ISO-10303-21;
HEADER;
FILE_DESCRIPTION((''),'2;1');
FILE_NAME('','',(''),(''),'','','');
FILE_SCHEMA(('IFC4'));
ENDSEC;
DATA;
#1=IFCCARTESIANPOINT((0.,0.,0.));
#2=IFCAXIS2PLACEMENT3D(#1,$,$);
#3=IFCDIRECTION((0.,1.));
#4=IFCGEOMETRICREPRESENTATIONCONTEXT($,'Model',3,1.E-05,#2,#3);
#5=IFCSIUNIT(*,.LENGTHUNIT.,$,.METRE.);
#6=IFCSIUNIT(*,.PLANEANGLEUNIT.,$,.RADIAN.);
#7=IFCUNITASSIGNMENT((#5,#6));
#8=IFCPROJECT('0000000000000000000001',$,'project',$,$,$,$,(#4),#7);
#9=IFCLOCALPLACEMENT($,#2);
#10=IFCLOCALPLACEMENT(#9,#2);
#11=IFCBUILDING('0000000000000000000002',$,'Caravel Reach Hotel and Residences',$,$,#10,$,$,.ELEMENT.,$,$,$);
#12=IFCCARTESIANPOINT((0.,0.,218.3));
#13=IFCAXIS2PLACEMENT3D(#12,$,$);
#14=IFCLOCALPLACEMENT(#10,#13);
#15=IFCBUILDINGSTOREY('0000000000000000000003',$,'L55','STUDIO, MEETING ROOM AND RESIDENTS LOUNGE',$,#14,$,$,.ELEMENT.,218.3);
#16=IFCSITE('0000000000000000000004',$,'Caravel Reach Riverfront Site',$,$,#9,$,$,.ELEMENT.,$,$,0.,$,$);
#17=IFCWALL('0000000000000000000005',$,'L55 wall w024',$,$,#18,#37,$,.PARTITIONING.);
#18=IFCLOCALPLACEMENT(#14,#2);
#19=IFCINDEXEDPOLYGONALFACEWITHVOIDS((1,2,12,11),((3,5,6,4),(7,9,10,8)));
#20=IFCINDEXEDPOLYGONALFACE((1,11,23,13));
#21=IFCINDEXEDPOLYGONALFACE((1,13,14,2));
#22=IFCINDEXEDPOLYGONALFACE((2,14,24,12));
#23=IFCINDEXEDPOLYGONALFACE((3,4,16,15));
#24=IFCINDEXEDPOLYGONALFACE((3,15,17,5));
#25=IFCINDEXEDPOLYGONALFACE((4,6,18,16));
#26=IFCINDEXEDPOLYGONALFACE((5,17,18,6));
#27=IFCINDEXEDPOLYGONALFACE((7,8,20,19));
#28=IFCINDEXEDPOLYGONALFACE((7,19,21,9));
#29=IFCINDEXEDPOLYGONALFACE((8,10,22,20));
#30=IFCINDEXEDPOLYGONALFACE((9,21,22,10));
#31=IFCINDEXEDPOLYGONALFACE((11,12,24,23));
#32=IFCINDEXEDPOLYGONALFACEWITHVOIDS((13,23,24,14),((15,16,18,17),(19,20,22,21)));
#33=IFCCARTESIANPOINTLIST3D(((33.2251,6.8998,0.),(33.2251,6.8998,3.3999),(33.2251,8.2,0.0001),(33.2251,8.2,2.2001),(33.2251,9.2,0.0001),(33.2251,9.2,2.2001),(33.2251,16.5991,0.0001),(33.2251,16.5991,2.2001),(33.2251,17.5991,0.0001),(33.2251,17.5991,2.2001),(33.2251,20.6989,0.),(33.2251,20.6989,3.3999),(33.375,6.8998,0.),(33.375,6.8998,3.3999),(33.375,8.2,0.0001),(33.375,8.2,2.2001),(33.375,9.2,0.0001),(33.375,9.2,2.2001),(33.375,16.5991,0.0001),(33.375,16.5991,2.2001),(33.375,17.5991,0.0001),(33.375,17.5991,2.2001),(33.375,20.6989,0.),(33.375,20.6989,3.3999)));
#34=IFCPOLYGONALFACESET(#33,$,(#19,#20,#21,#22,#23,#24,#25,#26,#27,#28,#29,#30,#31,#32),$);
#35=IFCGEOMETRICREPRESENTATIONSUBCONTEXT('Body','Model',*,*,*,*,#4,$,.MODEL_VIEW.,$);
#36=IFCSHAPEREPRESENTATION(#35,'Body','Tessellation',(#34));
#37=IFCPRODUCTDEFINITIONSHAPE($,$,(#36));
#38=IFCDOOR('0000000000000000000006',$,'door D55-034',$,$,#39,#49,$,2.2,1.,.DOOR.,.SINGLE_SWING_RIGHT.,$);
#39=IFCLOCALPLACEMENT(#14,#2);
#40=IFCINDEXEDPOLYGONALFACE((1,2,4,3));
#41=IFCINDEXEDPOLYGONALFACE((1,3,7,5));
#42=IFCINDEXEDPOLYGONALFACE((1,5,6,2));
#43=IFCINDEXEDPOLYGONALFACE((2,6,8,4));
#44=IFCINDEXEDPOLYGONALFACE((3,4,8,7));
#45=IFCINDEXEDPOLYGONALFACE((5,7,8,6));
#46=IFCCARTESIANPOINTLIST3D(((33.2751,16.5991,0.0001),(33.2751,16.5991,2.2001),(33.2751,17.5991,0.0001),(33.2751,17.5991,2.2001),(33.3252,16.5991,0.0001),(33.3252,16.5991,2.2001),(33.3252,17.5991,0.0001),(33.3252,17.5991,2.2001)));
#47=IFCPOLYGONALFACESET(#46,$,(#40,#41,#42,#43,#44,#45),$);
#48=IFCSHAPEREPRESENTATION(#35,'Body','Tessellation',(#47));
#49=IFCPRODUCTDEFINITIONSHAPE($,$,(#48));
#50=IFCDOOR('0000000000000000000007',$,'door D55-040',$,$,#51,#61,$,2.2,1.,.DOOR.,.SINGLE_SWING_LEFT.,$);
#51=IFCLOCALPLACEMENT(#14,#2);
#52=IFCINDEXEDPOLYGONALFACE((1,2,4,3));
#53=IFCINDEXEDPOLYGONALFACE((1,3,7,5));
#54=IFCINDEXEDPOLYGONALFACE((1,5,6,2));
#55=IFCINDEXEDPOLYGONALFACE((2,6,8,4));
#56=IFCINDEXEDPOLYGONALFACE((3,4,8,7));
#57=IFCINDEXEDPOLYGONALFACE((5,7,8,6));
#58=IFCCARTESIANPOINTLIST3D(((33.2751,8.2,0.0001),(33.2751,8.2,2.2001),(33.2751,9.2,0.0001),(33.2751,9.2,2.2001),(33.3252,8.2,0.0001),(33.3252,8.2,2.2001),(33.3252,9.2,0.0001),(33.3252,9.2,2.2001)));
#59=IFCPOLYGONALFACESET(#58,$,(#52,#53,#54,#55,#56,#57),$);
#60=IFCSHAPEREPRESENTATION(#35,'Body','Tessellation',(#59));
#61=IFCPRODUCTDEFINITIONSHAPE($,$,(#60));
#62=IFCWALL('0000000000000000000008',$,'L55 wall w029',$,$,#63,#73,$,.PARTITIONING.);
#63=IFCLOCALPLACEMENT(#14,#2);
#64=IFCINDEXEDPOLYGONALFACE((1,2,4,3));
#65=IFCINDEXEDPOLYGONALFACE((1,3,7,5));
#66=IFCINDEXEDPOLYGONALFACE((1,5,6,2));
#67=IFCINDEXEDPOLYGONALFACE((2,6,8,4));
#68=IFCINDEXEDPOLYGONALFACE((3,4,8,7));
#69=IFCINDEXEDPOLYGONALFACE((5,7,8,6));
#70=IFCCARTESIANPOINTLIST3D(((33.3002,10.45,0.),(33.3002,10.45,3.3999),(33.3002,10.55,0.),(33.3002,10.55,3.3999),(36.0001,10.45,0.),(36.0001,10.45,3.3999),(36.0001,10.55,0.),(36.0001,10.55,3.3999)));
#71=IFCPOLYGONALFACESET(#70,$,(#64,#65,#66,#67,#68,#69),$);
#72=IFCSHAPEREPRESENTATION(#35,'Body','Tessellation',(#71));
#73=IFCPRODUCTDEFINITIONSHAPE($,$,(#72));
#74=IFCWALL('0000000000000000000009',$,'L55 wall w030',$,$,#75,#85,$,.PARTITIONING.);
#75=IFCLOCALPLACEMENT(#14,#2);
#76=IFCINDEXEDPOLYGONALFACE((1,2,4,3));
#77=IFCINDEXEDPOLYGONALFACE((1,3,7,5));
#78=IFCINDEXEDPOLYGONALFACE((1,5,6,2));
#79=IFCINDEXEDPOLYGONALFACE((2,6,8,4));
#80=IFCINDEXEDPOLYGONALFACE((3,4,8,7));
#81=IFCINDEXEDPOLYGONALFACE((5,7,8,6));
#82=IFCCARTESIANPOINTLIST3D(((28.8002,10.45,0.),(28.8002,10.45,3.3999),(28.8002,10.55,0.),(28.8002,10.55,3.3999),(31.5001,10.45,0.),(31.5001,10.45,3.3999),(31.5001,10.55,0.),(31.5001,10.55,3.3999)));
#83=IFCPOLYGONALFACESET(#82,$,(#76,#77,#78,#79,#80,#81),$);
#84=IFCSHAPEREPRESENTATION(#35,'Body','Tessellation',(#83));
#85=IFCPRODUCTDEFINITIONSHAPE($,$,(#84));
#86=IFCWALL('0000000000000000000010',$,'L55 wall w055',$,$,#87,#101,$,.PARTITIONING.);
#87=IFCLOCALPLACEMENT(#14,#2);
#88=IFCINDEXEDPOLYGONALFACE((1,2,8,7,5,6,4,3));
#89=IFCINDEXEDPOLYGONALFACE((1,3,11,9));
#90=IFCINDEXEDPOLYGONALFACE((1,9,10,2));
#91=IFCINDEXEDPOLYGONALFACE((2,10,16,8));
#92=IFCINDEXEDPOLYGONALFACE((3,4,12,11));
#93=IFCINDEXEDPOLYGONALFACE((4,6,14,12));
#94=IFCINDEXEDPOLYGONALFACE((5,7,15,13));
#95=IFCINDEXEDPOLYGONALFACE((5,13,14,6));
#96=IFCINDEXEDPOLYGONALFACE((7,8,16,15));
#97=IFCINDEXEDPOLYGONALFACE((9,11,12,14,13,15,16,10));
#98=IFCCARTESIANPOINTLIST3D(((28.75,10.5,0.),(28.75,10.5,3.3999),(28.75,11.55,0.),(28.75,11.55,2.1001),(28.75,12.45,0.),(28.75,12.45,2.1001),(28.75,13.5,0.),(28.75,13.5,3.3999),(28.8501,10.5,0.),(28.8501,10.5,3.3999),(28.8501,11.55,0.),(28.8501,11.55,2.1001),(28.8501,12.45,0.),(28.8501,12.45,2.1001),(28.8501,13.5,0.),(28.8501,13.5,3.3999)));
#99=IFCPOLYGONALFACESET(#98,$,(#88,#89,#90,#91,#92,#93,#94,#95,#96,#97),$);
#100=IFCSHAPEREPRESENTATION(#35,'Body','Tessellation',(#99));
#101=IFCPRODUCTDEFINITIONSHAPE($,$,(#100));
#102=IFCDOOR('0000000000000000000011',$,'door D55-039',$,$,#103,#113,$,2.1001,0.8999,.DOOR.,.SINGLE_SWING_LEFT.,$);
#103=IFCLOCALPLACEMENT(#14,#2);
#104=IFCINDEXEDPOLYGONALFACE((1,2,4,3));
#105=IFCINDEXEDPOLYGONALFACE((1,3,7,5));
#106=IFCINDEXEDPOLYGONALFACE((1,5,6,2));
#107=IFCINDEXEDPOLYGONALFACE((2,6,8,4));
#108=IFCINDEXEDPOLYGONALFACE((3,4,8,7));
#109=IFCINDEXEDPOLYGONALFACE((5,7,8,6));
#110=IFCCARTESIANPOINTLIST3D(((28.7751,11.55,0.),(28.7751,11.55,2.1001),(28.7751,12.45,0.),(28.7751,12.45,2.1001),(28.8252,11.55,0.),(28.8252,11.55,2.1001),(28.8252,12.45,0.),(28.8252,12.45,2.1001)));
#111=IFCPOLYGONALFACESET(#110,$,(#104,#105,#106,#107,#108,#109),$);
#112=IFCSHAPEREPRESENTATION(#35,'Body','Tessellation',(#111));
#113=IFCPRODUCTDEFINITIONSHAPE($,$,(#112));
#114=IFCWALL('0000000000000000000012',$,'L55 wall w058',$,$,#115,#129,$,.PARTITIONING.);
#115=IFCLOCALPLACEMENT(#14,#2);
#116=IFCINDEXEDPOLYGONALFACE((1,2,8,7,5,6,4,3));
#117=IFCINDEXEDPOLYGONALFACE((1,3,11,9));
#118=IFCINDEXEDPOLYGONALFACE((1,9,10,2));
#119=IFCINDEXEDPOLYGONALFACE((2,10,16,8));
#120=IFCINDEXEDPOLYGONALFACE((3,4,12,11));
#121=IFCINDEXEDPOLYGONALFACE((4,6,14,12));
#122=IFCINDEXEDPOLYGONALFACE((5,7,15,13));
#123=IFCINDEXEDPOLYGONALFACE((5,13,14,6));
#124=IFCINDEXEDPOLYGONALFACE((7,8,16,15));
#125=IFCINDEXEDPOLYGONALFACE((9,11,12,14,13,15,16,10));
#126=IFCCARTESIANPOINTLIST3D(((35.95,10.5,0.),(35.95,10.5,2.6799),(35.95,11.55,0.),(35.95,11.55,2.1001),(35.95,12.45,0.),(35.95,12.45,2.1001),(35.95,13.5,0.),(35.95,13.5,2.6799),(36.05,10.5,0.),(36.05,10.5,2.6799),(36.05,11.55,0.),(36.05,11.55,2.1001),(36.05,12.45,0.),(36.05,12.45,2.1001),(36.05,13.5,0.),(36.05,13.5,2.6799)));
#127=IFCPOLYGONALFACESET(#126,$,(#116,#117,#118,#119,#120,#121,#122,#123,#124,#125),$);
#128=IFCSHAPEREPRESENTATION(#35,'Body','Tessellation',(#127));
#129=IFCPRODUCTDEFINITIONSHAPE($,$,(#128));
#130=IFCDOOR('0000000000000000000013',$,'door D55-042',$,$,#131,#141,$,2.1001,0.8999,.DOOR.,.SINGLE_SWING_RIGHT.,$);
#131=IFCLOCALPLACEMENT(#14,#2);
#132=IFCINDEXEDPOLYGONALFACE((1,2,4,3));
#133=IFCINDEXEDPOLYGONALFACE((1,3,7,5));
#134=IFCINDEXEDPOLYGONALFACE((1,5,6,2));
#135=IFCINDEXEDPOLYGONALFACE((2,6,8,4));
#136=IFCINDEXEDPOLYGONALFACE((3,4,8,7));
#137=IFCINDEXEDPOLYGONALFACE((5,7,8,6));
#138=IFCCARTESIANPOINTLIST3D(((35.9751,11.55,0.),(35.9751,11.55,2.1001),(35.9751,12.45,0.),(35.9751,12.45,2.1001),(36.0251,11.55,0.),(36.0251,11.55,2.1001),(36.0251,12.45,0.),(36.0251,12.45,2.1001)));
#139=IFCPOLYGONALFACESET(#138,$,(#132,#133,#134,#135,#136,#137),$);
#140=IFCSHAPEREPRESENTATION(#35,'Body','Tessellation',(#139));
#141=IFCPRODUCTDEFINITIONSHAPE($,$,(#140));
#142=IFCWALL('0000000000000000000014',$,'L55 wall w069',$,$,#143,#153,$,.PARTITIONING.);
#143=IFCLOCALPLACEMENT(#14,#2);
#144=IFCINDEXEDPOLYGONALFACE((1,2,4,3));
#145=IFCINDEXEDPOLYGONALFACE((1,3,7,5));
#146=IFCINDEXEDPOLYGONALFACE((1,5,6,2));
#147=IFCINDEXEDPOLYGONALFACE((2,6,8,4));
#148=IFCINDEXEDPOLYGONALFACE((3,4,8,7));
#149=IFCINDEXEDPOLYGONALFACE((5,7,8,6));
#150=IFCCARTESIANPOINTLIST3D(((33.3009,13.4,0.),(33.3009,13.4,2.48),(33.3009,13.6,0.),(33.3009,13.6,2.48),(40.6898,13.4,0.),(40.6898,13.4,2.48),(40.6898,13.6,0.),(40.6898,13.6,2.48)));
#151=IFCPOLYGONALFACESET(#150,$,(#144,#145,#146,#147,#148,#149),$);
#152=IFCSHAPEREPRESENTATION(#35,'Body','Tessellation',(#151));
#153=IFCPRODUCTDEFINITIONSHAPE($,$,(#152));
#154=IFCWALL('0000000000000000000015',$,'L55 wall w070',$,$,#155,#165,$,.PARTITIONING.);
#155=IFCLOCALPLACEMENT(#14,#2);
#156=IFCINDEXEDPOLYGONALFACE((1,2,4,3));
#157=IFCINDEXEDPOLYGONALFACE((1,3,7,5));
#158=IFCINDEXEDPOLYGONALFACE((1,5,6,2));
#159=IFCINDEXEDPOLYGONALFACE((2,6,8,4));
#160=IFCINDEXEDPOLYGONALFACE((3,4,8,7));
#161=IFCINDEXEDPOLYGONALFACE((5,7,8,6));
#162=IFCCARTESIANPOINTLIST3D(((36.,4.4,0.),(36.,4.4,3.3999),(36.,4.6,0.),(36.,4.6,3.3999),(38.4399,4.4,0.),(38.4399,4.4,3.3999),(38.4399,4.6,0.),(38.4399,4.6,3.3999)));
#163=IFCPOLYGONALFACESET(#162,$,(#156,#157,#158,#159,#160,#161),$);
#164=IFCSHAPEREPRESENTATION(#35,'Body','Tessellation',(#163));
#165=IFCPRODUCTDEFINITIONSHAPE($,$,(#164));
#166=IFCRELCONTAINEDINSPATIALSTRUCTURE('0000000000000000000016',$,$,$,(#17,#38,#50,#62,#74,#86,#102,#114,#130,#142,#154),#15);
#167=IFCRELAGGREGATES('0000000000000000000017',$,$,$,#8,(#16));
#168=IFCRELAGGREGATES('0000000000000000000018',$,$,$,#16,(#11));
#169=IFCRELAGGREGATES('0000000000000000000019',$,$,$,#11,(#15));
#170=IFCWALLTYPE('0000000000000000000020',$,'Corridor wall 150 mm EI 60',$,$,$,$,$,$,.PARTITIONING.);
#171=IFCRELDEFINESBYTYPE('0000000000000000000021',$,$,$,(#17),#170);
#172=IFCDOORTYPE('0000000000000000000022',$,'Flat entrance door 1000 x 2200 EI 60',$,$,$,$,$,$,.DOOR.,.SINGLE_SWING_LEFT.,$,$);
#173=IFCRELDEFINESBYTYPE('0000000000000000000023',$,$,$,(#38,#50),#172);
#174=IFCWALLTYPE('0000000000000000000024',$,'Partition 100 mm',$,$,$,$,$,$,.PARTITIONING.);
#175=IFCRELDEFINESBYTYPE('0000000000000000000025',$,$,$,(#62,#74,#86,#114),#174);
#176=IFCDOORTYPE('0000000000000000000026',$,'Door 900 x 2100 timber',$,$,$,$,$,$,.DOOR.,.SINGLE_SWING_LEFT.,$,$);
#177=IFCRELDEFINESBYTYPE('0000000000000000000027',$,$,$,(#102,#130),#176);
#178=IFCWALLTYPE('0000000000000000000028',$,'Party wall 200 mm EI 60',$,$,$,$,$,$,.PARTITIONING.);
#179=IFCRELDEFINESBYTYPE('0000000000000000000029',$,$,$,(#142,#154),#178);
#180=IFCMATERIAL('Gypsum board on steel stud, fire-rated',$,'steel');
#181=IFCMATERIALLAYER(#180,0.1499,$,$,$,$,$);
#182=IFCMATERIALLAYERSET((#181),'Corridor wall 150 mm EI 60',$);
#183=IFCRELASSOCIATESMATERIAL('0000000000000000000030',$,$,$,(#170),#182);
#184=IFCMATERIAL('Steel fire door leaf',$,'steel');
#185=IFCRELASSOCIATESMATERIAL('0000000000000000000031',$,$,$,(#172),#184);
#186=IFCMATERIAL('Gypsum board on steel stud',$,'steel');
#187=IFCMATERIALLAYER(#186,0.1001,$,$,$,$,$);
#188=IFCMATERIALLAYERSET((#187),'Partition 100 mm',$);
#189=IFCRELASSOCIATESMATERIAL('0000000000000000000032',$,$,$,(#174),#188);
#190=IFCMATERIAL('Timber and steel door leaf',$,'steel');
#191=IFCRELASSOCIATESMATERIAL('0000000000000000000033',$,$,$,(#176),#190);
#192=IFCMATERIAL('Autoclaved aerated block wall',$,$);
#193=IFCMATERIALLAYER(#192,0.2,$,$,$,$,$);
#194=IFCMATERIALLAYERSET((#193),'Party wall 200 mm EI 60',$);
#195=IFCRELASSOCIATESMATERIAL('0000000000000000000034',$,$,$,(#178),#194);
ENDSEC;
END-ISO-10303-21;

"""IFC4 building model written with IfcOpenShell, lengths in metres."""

from ifc_helpers import new_model, si_unit, direction, frame, frame_2d, origin, place, context, subcontext, project, spatial, rectangle, extrude, material, layer, layer_set, type_object, element, fill, save


model = new_model("IFC4")

# Units and contexts
model_context = context("Model", 3, precision=1e-05, world=origin(), true_north=direction((0.0, 1.0)))
body_context = subcontext(model_context, "Body", "Model", "MODEL_VIEW")
ifc_project = project(units=[si_unit("LENGTHUNIT", "METRE"), si_unit("PLANEANGLEUNIT", "RADIAN")], contexts=[model_context])

# Site, building, storey
site_placement = place(None, origin())
site = spatial("IfcSite", under=ifc_project, at=site_placement, Name="Caravel Reach Riverfront Site", CompositionType="ELEMENT", RefElevation=0.0)
building_placement = place(site_placement, origin())
building = spatial("IfcBuilding", under=site, at=building_placement, Name="Caravel Reach Hotel and Residences", CompositionType="ELEMENT")
storey_placement = place(building_placement, frame((0.0, 0.0, 218.3)))
storey = spatial("IfcBuildingStorey", under=building, at=storey_placement, Name="L55", Description="STUDIO, MEETING ROOM AND RESIDENTS LOUNGE", CompositionType="ELEMENT", Elevation=218.3)

# Shared definitions
ifc_material_1 = material(Name="Gypsum board on steel stud, fire-rated", Category="steel")
ifc_layer_1 = layer(ifc_material_1, 0.1499)
ifc_layer_set_1 = layer_set([ifc_layer_1], Name="Corridor wall 150 mm EI 60")
wall_type_1 = type_object("IfcWallType", Name="Corridor wall 150 mm EI 60", PredefinedType="PARTITIONING", material=ifc_layer_set_1)
ifc_material_2 = material(Name="Steel fire door leaf", Category="steel")
door_type_1 = type_object("IfcDoorType", Name="Flat entrance door 1000 x 2200 EI 60", OperationType="SINGLE_SWING_LEFT", PredefinedType="DOOR", material=ifc_material_2)

# Wall, openings, doors
wall_1_placement = place(storey_placement, frame((33.3, 6.8999, 0.0), z_axis=(0.0, 0.0, 1.0), x_axis=(0.0, 1.0, 0.0)))
wall_1 = element("IfcWall", 1, at=wall_1_placement, inside=storey, type_object=wall_type_1, Name="L55 wall w024", PredefinedType="PARTITIONING", context=body_context, shape_type="SweptSolid", body=[
    extrude(rectangle(XDim=13.7991, YDim=0.1499, at=frame_2d((6.8994, 0.0))), origin(), (0.0, 0.0, 1.0), 3.3999),
])
opening_1_placement = place(wall_1_placement, frame((9.6992, 0.0, 0.0)))
opening_1 = element("IfcOpeningElement", 2, at=opening_1_placement, cuts=wall_1, PredefinedType="OPENING", context=body_context, shape_type="SweptSolid", body=[
    extrude(rectangle(XDim=1.0, YDim=2.2, at=frame_2d((0.5, 1.1001))), frame((0.0, 0.085, 0.0), z_axis=(0.0, -1.0, 0.0), x_axis=(1.0, 0.0, 0.0)), (0.0, 0.0, 1.0), 0.1699),
])
opening_2_placement = place(wall_1_placement, frame((1.3, 0.0, 0.0)))
opening_2 = element("IfcOpeningElement", 3, at=opening_2_placement, cuts=wall_1, PredefinedType="OPENING", context=body_context, shape_type="SweptSolid", body=[
    extrude(rectangle(XDim=1.0, YDim=2.2, at=frame_2d((0.5, 1.1001))), frame((0.0, 0.085, 0.0), z_axis=(0.0, -1.0, 0.0), x_axis=(1.0, 0.0, 0.0)), (0.0, 0.0, 1.0), 0.1699),
])
door_1_placement = place(opening_1_placement, origin())
door_1 = element("IfcDoor", 4, at=door_1_placement, inside=storey, type_object=door_type_1, Name="door D55-034", OperationType="SINGLE_SWING_RIGHT", OverallHeight=2.2, OverallWidth=1.0, PredefinedType="DOOR", context=body_context, shape_type="SweptSolid", body=[
    extrude(rectangle(XDim=1.0, YDim=2.2, at=frame_2d((0.5, 1.1001))), frame((0.0, 0.0249, 0.0), z_axis=(0.0, -1.0, 0.0), x_axis=(1.0, 0.0, 0.0)), (0.0, 0.0, 1.0), 0.05),
])
fill(opening_1, door_1)
door_2_placement = place(opening_2_placement, origin())
door_2 = element("IfcDoor", 5, at=door_2_placement, inside=storey, type_object=door_type_1, Name="door D55-040", OperationType="SINGLE_SWING_LEFT", OverallHeight=2.2, OverallWidth=1.0, PredefinedType="DOOR", context=body_context, shape_type="SweptSolid", body=[
    extrude(rectangle(XDim=1.0, YDim=2.2, at=frame_2d((0.5, 1.1001))), frame((0.0, 0.0249, 0.0), z_axis=(0.0, -1.0, 0.0), x_axis=(1.0, 0.0, 0.0)), (0.0, 0.0, 1.0), 0.05),
])
fill(opening_2, door_2)

# Walls
ifc_material_3 = material(Name="Gypsum board on steel stud", Category="steel")
ifc_layer_2 = layer(ifc_material_3, 0.1001)
ifc_layer_set_2 = layer_set([ifc_layer_2], Name="Partition 100 mm")
wall_type_2 = type_object("IfcWallType", Name="Partition 100 mm", PredefinedType="PARTITIONING", material=ifc_layer_set_2)
for number, where, z_axis, x_axis, name in (
    (6, (33.3, 10.5, 0.0), (0.0, 0.0, 1.0), (1.0, 0.0, 0.0), "L55 wall w029"),
    (7, (28.8, 10.5, 0.0), (0.0, 0.0, 1.0), (1.0, 0.0, 0.0), "L55 wall w030"),
):
    element("IfcWall", number, at=place(storey_placement, frame(where, z_axis=z_axis, x_axis=x_axis)), inside=storey, type_object=wall_type_2, Name=name, PredefinedType="PARTITIONING", context=body_context, shape_type="SweptSolid", body=[
        extrude(rectangle(XDim=2.7, YDim=0.1001, at=frame_2d((1.3501, 0.0))), origin(), (0.0, 0.0, 1.0), 3.3999),
    ])

# Walls, openings, doors
wall_2_placement = place(storey_placement, frame((28.8, 10.5, 0.0), z_axis=(0.0, 0.0, 1.0), x_axis=(0.0, 1.0, 0.0)))
wall_2 = element("IfcWall", 8, at=wall_2_placement, inside=storey, type_object=wall_type_2, Name="L55 wall w055", PredefinedType="PARTITIONING", context=body_context, shape_type="SweptSolid", body=[
    extrude(rectangle(XDim=3.0, YDim=0.1001, at=frame_2d((1.5, 0.0))), origin(), (0.0, 0.0, 1.0), 3.3999),
])
opening_3_placement = place(wall_2_placement, frame((1.05, 0.0, 0.0)))
opening_3 = element("IfcOpeningElement", 9, at=opening_3_placement, cuts=wall_2, PredefinedType="OPENING", context=body_context, shape_type="SweptSolid", body=[
    extrude(rectangle(XDim=0.8999, YDim=2.1001, at=frame_2d((0.45, 1.05))), frame((0.0, 0.0601, 0.0), z_axis=(0.0, -1.0, 0.0), x_axis=(1.0, 0.0, 0.0)), (0.0, 0.0, 1.0), 0.1201),
])
ifc_material_4 = material(Name="Timber and steel door leaf", Category="steel")
door_type_2 = type_object("IfcDoorType", Name="Door 900 x 2100 timber", OperationType="SINGLE_SWING_LEFT", PredefinedType="DOOR", material=ifc_material_4)
door_3_placement = place(opening_3_placement, origin())
door_3 = element("IfcDoor", 10, at=door_3_placement, inside=storey, type_object=door_type_2, Name="door D55-039", OperationType="SINGLE_SWING_LEFT", OverallHeight=2.1001, OverallWidth=0.8999, PredefinedType="DOOR", context=body_context, shape_type="SweptSolid", body=[
    extrude(rectangle(XDim=0.8999, YDim=2.1001, at=frame_2d((0.45, 1.05))), frame((0.0, 0.0249, 0.0), z_axis=(0.0, -1.0, 0.0), x_axis=(1.0, 0.0, 0.0)), (0.0, 0.0, 1.0), 0.05),
])
fill(opening_3, door_3)
wall_3_placement = place(storey_placement, frame((36.0, 10.5, 0.0), z_axis=(0.0, 0.0, 1.0), x_axis=(0.0, 1.0, 0.0)))
wall_3 = element("IfcWall", 11, at=wall_3_placement, inside=storey, type_object=wall_type_2, Name="L55 wall w058", PredefinedType="PARTITIONING", context=body_context, shape_type="SweptSolid", body=[
    extrude(rectangle(XDim=3.0, YDim=0.1001, at=frame_2d((1.5, 0.0))), origin(), (0.0, 0.0, 1.0), 2.6799),
])
opening_4_placement = place(wall_3_placement, frame((1.05, 0.0, 0.0)))
opening_4 = element("IfcOpeningElement", 12, at=opening_4_placement, cuts=wall_3, PredefinedType="OPENING", context=body_context, shape_type="SweptSolid", body=[
    extrude(rectangle(XDim=0.8999, YDim=2.1001, at=frame_2d((0.45, 1.05))), frame((0.0, 0.0601, 0.0), z_axis=(0.0, -1.0, 0.0), x_axis=(1.0, 0.0, 0.0)), (0.0, 0.0, 1.0), 0.1201),
])
door_4_placement = place(opening_4_placement, origin())
door_4 = element("IfcDoor", 13, at=door_4_placement, inside=storey, type_object=door_type_2, Name="door D55-042", OperationType="SINGLE_SWING_RIGHT", OverallHeight=2.1001, OverallWidth=0.8999, PredefinedType="DOOR", context=body_context, shape_type="SweptSolid", body=[
    extrude(rectangle(XDim=0.8999, YDim=2.1001, at=frame_2d((0.45, 1.05))), frame((0.0, 0.0249, 0.0), z_axis=(0.0, -1.0, 0.0), x_axis=(1.0, 0.0, 0.0)), (0.0, 0.0, 1.0), 0.05),
])
fill(opening_4, door_4)

# Walls
ifc_material_5 = material(Name="Autoclaved aerated block wall")
ifc_layer_3 = layer(ifc_material_5, 0.2)
ifc_layer_set_3 = layer_set([ifc_layer_3], Name="Party wall 200 mm EI 60")
wall_type_3 = type_object("IfcWallType", Name="Party wall 200 mm EI 60", PredefinedType="PARTITIONING", material=ifc_layer_set_3)
wall_4_placement = place(storey_placement, frame((33.301, 13.5, 0.0), z_axis=(0.0, 0.0, 1.0), x_axis=(1.0, 0.0, 0.0)))
element("IfcWall", 14, at=wall_4_placement, inside=storey, type_object=wall_type_3, Name="L55 wall w069", PredefinedType="PARTITIONING", context=body_context, shape_type="SweptSolid", body=[
    extrude(rectangle(XDim=7.3889, YDim=0.2, at=frame_2d((3.6943, 0.0))), origin(), (0.0, 0.0, 1.0), 2.48),
])
wall_5_placement = place(storey_placement, frame((36.0, 4.5, 0.0), z_axis=(0.0, 0.0, 1.0), x_axis=(1.0, 0.0, 0.0)))
element("IfcWall", 15, at=wall_5_placement, inside=storey, type_object=wall_type_3, Name="L55 wall w070", PredefinedType="PARTITIONING", context=body_context, shape_type="SweptSolid", body=[
    extrude(rectangle(XDim=2.4399, YDim=0.2, at=frame_2d((1.22, 0.0))), origin(), (0.0, 0.0, 1.0), 3.3999),
])

save(model, "model.ifc")
